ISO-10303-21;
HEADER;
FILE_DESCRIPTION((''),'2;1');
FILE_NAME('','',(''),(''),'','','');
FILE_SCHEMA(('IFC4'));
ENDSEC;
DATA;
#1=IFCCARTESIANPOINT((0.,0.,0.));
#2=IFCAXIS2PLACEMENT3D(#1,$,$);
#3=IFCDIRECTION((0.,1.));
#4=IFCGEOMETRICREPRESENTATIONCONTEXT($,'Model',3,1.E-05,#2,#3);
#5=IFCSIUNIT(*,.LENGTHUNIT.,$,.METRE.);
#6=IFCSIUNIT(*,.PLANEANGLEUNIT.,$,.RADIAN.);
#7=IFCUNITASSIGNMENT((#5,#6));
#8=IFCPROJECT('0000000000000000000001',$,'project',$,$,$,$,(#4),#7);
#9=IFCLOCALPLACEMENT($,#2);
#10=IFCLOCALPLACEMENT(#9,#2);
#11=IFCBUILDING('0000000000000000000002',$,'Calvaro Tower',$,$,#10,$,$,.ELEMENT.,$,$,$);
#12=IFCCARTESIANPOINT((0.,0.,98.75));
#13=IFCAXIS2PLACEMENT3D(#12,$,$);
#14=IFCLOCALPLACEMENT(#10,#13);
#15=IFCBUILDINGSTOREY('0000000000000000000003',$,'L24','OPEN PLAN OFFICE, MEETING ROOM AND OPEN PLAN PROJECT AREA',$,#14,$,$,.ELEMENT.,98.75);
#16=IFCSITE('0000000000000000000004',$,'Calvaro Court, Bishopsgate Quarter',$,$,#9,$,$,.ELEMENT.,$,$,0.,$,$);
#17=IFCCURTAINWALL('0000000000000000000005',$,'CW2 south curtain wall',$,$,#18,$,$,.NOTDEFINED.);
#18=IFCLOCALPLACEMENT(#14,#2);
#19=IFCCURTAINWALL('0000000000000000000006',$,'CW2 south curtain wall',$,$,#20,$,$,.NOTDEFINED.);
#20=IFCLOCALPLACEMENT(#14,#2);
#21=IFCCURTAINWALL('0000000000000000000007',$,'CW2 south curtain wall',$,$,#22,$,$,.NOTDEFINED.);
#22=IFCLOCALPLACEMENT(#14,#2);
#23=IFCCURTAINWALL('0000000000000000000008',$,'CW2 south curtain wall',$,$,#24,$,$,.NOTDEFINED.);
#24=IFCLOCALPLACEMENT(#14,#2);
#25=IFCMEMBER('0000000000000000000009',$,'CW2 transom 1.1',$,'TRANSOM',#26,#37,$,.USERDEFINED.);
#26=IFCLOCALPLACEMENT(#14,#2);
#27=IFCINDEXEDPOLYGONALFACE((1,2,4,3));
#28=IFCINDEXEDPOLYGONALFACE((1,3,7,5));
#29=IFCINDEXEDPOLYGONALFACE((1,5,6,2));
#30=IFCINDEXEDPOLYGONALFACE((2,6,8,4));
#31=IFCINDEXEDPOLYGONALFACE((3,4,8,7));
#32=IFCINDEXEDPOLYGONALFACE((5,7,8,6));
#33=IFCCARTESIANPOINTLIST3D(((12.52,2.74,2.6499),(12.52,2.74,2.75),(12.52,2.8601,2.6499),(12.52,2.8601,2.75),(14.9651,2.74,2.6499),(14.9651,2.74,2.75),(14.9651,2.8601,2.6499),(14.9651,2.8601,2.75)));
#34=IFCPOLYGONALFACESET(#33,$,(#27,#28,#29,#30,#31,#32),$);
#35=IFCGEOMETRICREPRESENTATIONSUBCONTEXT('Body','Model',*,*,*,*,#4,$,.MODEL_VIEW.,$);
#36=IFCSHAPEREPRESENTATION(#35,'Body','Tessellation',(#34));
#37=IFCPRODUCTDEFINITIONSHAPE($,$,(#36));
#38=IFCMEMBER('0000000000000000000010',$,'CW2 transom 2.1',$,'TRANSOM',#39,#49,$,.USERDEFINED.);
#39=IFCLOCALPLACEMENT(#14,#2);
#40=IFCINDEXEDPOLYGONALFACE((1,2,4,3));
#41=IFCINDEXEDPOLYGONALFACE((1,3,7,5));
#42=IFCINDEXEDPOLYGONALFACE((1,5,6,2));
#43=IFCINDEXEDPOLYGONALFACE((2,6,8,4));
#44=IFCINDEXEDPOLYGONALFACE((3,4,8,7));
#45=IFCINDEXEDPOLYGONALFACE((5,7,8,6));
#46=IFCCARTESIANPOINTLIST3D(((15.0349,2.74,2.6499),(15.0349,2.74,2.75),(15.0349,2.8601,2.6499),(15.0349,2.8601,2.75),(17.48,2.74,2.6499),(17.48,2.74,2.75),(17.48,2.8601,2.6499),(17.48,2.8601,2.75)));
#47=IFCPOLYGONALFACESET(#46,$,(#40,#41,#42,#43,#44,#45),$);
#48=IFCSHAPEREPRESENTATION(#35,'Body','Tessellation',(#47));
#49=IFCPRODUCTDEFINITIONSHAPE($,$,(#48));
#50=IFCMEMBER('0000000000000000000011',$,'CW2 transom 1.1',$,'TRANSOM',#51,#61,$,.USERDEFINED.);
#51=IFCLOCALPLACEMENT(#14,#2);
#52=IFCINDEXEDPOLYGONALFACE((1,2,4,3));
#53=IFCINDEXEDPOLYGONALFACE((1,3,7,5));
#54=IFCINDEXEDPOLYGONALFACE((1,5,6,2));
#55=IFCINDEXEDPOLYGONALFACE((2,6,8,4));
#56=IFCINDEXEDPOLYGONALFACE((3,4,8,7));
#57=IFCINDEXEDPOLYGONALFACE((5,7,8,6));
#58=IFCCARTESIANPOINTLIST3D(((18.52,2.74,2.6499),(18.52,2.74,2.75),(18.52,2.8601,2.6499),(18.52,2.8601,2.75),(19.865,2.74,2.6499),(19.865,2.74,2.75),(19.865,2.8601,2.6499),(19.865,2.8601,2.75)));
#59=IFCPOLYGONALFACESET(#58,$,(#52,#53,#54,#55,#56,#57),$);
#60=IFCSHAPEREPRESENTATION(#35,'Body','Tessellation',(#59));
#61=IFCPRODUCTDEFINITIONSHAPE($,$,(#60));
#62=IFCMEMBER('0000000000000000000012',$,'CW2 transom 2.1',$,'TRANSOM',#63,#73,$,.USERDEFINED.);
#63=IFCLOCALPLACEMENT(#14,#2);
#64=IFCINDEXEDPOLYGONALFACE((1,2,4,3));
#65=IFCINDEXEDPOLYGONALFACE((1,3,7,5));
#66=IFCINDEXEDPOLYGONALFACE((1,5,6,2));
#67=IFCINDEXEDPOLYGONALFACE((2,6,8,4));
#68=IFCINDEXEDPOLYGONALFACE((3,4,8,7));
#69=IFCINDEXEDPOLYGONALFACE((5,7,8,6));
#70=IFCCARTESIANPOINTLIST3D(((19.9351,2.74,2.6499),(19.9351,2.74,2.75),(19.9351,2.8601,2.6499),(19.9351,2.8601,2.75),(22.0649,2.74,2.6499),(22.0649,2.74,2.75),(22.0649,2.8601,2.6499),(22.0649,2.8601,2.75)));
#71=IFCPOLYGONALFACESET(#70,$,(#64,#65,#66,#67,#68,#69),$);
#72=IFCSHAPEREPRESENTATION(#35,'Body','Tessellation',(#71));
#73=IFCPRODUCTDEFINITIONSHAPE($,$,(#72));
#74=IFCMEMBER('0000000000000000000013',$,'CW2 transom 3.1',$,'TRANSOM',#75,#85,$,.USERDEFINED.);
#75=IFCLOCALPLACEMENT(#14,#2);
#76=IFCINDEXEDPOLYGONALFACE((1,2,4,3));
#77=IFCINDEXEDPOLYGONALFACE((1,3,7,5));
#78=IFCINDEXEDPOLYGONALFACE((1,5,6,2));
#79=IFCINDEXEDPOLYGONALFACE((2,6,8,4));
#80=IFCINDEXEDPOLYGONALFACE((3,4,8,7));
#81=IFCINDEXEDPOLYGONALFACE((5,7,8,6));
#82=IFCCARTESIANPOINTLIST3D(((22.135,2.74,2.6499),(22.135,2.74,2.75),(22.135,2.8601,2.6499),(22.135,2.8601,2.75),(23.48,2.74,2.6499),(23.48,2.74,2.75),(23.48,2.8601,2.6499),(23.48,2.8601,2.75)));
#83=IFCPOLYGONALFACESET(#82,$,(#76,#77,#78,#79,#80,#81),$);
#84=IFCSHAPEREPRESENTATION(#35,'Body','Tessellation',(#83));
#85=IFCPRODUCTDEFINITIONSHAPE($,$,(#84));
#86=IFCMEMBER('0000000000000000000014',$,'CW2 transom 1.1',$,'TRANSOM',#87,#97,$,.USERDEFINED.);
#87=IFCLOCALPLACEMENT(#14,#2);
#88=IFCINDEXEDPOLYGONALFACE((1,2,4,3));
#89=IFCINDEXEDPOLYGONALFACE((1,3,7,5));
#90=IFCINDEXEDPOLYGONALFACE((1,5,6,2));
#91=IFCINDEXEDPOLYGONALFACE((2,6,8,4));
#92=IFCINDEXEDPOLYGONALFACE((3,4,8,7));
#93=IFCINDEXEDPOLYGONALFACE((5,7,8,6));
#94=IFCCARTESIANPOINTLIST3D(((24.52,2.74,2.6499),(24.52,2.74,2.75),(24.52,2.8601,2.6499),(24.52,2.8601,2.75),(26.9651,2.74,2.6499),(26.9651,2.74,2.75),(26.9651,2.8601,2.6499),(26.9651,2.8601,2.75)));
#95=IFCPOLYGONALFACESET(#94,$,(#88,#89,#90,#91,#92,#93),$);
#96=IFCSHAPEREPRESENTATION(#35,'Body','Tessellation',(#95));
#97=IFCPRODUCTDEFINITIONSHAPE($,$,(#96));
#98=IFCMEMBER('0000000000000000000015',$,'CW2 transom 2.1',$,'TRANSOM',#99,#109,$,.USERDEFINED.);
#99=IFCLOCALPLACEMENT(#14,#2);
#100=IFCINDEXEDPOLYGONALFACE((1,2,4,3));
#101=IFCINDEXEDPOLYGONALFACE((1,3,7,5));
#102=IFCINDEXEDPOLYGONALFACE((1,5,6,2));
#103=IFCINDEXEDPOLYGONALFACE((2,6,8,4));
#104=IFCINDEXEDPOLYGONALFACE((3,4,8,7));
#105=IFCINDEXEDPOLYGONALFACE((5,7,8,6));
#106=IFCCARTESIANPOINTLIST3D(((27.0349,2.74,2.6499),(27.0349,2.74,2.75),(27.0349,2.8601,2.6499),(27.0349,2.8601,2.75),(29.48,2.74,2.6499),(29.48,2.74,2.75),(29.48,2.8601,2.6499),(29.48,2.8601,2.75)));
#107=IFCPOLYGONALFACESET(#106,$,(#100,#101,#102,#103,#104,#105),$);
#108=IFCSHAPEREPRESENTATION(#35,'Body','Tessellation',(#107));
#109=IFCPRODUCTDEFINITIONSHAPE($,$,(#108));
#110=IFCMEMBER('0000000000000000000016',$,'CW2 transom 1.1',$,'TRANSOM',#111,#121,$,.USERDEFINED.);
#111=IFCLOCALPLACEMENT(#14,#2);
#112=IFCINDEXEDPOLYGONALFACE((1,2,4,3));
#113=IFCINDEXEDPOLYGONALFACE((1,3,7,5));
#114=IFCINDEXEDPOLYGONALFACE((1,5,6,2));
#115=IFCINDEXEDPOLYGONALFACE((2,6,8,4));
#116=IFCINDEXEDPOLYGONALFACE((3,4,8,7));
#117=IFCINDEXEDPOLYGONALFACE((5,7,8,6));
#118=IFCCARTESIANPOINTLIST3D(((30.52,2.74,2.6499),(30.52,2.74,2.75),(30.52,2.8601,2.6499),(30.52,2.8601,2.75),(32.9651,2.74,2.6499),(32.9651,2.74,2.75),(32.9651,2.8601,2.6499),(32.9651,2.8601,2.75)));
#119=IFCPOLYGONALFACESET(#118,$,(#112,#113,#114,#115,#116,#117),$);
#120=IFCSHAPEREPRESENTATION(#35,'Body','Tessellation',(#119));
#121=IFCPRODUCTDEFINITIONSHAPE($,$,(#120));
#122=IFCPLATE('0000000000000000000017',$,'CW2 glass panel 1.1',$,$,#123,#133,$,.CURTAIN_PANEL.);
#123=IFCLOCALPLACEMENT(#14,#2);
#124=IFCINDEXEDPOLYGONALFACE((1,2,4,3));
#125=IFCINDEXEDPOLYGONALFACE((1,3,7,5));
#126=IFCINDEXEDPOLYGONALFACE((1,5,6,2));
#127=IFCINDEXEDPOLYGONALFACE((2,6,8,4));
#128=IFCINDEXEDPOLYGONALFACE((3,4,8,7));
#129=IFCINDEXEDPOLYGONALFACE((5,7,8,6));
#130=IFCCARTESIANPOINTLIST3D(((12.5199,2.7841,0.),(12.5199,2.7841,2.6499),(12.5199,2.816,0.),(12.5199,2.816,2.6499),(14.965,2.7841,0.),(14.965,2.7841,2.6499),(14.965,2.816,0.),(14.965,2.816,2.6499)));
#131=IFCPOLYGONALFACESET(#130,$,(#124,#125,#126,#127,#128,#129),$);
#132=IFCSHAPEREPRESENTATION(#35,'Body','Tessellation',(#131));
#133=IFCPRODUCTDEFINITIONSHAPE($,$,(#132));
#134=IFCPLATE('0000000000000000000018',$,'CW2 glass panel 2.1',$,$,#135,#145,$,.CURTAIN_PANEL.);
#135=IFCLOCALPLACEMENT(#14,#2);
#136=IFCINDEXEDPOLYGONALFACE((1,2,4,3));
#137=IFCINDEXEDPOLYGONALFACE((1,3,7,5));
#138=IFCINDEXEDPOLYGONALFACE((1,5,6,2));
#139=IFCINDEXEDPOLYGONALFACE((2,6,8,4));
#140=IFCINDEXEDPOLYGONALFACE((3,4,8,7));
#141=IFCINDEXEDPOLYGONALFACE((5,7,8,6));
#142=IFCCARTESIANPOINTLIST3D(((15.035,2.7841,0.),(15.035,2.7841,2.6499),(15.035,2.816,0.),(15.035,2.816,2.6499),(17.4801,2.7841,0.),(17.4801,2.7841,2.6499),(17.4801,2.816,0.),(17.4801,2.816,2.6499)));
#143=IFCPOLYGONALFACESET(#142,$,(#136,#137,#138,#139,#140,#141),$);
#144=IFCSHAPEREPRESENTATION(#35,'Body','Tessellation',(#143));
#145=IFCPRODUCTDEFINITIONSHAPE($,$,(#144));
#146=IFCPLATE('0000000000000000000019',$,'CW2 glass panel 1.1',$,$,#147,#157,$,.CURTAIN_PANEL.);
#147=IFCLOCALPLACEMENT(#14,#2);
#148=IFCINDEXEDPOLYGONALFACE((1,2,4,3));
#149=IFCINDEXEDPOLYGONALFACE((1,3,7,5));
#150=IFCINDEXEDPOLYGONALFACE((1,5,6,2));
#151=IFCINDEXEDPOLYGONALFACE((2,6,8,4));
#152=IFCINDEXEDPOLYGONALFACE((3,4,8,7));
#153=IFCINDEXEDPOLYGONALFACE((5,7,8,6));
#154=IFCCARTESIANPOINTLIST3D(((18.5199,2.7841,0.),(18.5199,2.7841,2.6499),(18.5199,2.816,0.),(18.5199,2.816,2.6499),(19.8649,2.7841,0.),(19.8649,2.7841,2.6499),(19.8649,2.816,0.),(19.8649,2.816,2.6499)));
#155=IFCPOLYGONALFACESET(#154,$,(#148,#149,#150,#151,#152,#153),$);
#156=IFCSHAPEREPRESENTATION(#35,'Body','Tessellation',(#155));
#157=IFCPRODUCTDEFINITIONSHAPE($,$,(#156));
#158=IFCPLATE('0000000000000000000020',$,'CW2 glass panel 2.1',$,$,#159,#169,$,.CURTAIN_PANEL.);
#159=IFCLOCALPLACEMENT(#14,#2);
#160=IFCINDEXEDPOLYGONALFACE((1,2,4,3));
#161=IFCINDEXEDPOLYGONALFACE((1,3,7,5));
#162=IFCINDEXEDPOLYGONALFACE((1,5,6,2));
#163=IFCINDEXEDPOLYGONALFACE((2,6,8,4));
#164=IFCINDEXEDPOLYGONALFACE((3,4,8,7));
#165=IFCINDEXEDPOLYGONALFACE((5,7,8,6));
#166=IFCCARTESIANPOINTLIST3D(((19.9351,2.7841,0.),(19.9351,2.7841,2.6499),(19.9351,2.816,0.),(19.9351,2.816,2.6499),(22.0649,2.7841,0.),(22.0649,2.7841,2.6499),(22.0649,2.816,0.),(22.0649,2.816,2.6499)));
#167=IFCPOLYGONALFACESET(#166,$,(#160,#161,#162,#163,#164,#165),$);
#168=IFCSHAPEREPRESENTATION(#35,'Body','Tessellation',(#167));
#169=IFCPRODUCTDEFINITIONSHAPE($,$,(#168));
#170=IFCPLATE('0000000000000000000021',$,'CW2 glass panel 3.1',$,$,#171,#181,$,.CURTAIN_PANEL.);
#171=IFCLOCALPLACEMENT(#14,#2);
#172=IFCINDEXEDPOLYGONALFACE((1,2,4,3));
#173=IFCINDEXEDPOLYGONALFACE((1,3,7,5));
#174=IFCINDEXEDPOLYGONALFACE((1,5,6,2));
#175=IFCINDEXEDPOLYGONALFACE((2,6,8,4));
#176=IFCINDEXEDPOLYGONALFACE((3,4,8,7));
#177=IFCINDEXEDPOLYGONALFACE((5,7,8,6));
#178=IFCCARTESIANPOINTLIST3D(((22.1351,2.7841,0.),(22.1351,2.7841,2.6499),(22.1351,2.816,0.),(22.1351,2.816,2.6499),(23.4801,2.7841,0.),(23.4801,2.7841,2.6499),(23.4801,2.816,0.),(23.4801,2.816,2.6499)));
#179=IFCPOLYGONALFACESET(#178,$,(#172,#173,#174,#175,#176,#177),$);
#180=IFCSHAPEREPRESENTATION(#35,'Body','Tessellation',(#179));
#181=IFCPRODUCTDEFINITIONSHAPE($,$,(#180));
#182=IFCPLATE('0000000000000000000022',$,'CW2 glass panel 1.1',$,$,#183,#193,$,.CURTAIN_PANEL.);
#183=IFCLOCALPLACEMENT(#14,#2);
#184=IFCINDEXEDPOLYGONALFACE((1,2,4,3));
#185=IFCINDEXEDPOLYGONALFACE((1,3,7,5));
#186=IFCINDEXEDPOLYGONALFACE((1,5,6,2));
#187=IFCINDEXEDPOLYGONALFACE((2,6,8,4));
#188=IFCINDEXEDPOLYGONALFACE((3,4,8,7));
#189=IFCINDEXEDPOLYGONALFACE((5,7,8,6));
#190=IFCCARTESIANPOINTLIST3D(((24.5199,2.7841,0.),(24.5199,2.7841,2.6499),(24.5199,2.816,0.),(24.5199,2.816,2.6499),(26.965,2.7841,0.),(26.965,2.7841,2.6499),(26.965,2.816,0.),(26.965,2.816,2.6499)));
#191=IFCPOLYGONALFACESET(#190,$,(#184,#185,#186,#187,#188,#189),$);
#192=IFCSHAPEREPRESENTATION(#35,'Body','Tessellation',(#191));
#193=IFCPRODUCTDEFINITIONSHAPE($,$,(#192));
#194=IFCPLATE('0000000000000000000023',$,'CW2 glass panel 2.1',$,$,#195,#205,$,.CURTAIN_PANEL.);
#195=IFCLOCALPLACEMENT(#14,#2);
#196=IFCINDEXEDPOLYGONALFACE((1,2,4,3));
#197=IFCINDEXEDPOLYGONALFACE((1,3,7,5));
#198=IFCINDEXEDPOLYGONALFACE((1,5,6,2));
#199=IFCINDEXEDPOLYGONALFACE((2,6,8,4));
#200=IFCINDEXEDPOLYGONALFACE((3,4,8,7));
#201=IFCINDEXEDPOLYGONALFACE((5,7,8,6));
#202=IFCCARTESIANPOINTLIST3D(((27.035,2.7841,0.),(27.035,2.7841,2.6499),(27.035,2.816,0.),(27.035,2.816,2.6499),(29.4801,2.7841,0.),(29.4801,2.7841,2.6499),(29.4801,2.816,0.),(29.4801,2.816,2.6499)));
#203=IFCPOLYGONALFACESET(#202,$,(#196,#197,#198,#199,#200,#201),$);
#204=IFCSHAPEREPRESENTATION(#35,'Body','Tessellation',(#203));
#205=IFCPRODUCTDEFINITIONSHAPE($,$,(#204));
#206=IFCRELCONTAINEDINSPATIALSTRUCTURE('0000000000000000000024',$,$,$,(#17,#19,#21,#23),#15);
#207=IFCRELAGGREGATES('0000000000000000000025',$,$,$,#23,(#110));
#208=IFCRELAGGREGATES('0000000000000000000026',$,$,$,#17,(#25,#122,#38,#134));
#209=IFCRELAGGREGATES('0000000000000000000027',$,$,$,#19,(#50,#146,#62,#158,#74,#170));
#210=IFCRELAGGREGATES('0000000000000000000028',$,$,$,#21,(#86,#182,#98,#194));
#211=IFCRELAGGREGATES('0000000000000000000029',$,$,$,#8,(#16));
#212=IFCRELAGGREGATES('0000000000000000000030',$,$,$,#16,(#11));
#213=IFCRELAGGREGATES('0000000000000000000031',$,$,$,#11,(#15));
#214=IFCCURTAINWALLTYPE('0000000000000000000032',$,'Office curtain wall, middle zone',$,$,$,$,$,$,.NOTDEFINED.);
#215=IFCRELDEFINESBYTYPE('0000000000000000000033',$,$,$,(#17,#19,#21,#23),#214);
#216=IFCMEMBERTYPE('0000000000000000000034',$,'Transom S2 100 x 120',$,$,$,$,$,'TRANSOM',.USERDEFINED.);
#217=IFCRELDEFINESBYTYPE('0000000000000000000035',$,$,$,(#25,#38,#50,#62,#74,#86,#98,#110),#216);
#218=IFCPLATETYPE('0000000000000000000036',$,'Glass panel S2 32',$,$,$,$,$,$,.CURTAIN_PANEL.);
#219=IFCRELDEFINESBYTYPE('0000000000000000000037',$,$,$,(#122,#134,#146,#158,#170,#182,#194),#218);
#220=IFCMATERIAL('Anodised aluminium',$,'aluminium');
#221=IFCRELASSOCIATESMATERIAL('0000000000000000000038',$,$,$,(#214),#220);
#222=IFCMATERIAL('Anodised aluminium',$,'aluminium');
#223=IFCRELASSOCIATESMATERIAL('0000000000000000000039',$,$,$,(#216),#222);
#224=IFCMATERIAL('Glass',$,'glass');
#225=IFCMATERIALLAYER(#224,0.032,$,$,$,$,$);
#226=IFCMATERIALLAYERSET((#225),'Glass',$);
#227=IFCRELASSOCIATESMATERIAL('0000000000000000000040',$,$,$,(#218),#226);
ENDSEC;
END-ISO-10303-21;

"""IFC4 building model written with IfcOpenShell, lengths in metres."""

from ifc_helpers import new_model, si_unit, direction, frame, origin, origin_2d, place, context, subcontext, project, spatial, rectangle, extrude, material, layer, layer_set, material_profile, profile_set, type_object, element, aggregate, save


model = new_model("IFC4")

# Units and contexts
model_context = context("Model", 3, precision=1e-05, world=origin(), true_north=direction((0.0, 1.0)))
body_context = subcontext(model_context, "Body", "Model", "MODEL_VIEW")
ifc_project = project(units=[si_unit("LENGTHUNIT", "METRE"), si_unit("PLANEANGLEUNIT", "RADIAN")], contexts=[model_context])

# Site, building, storey
site_placement = place(None, origin())
site = spatial("IfcSite", under=ifc_project, at=site_placement, Name="Calvaro Court, Bishopsgate Quarter", CompositionType="ELEMENT", RefElevation=0.0)
building_placement = place(site_placement, origin())
building = spatial("IfcBuilding", under=site, at=building_placement, Name="Calvaro Tower", CompositionType="ELEMENT")
storey_placement = place(building_placement, frame((0.0, 0.0, 98.75)))
storey = spatial("IfcBuildingStorey", under=building, at=storey_placement, Name="L24", Description="OPEN PLAN OFFICE, MEETING ROOM AND OPEN PLAN PROJECT AREA", CompositionType="ELEMENT", Elevation=98.75)

# Curtain walls
ifc_material_1 = material(Name="Anodised aluminium", Category="aluminium")
curtain_wall_type = type_object("IfcCurtainWallType", Name="Office curtain wall, middle zone", PredefinedType="NOTDEFINED", material=ifc_material_1)
curtain_wall_1_placement = place(storey_placement, origin())
curtain_wall_1 = element("IfcCurtainWall", 1, at=curtain_wall_1_placement, inside=storey, type_object=curtain_wall_type, Name="CW2 south curtain wall", PredefinedType="NOTDEFINED")
curtain_wall_2_placement = place(storey_placement, origin())
curtain_wall_2 = element("IfcCurtainWall", 2, at=curtain_wall_2_placement, inside=storey, type_object=curtain_wall_type, Name="CW2 south curtain wall", PredefinedType="NOTDEFINED")
curtain_wall_3_placement = place(storey_placement, origin())
curtain_wall_3 = element("IfcCurtainWall", 3, at=curtain_wall_3_placement, inside=storey, type_object=curtain_wall_type, Name="CW2 south curtain wall", PredefinedType="NOTDEFINED")

# Curtain wall
curtain_wall_4_placement = place(storey_placement, origin())
curtain_wall_4 = element("IfcCurtainWall", 4, at=curtain_wall_4_placement, inside=storey, type_object=curtain_wall_type, Name="CW2 south curtain wall", PredefinedType="NOTDEFINED")

# Members
ifc_material_2 = material(Name="Anodised aluminium", Category="aluminium")
ifc_material_profile_1 = material_profile(ifc_material_2, rectangle(XDim=0.1201, YDim=0.1001, at=origin_2d()), Name="Transom S2 100 x 120")
ifc_profile_set_1 = profile_set([ifc_material_profile_1], Name="Anodised aluminium")
member_type_1 = type_object("IfcMemberType", Name="Transom S2 100 x 120", ElementType="TRANSOM", PredefinedType="USERDEFINED", material=ifc_profile_set_1)
member_1_placement = place(storey_placement, frame((12.52, 2.8, 2.7), z_axis=(1.0, 0.0, 0.0), x_axis=(0.0, 1.0, 0.0)))
member_1 = element("IfcMember", 5, at=member_1_placement, type_object=member_type_1, Name="CW2 transom 1.1", ObjectType="TRANSOM", PredefinedType="USERDEFINED", context=body_context, shape_type="SweptSolid", body=[
    extrude(rectangle(XDim=0.1201, YDim=0.1001, at=origin_2d()), origin(), (0.0, 0.0, 1.0), 2.4451),
])
member_2_placement = place(storey_placement, frame((15.0349, 2.8, 2.7), z_axis=(1.0, 0.0, 0.0), x_axis=(0.0, 1.0, 0.0)))
member_2 = element("IfcMember", 6, at=member_2_placement, type_object=member_type_1, Name="CW2 transom 2.1", ObjectType="TRANSOM", PredefinedType="USERDEFINED", context=body_context, shape_type="SweptSolid", body=[
    extrude(rectangle(XDim=0.1201, YDim=0.1001, at=origin_2d()), origin(), (0.0, 0.0, 1.0), 2.4451),
])
member_3_placement = place(storey_placement, frame((18.52, 2.8, 2.7), z_axis=(1.0, 0.0, 0.0), x_axis=(0.0, 1.0, 0.0)))
member_3 = element("IfcMember", 7, at=member_3_placement, type_object=member_type_1, Name="CW2 transom 1.1", ObjectType="TRANSOM", PredefinedType="USERDEFINED", context=body_context, shape_type="SweptSolid", body=[
    extrude(rectangle(XDim=0.1201, YDim=0.1001, at=origin_2d()), origin(), (0.0, 0.0, 1.0), 1.345),
])
member_4_placement = place(storey_placement, frame((19.9351, 2.8, 2.7), z_axis=(1.0, 0.0, 0.0), x_axis=(0.0, 1.0, 0.0)))
member_4 = element("IfcMember", 8, at=member_4_placement, type_object=member_type_1, Name="CW2 transom 2.1", ObjectType="TRANSOM", PredefinedType="USERDEFINED", context=body_context, shape_type="SweptSolid", body=[
    extrude(rectangle(XDim=0.1201, YDim=0.1001, at=origin_2d()), origin(), (0.0, 0.0, 1.0), 2.1299),
])
member_5_placement = place(storey_placement, frame((22.135, 2.8, 2.7), z_axis=(1.0, 0.0, 0.0), x_axis=(0.0, 1.0, 0.0)))
member_5 = element("IfcMember", 9, at=member_5_placement, type_object=member_type_1, Name="CW2 transom 3.1", ObjectType="TRANSOM", PredefinedType="USERDEFINED", context=body_context, shape_type="SweptSolid", body=[
    extrude(rectangle(XDim=0.1201, YDim=0.1001, at=origin_2d()), origin(), (0.0, 0.0, 1.0), 1.345),
])
member_6_placement = place(storey_placement, frame((24.52, 2.8, 2.7), z_axis=(1.0, 0.0, 0.0), x_axis=(0.0, 1.0, 0.0)))
member_6 = element("IfcMember", 10, at=member_6_placement, type_object=member_type_1, Name="CW2 transom 1.1", ObjectType="TRANSOM", PredefinedType="USERDEFINED", context=body_context, shape_type="SweptSolid", body=[
    extrude(rectangle(XDim=0.1201, YDim=0.1001, at=origin_2d()), origin(), (0.0, 0.0, 1.0), 2.4451),
])
member_7_placement = place(storey_placement, frame((27.0349, 2.8, 2.7), z_axis=(1.0, 0.0, 0.0), x_axis=(0.0, 1.0, 0.0)))
member_7 = element("IfcMember", 11, at=member_7_placement, type_object=member_type_1, Name="CW2 transom 2.1", ObjectType="TRANSOM", PredefinedType="USERDEFINED", context=body_context, shape_type="SweptSolid", body=[
    extrude(rectangle(XDim=0.1201, YDim=0.1001, at=origin_2d()), origin(), (0.0, 0.0, 1.0), 2.4451),
])
member_8_placement = place(storey_placement, frame((30.52, 2.8, 2.7), z_axis=(1.0, 0.0, 0.0), x_axis=(0.0, 1.0, 0.0)))
member_8 = element("IfcMember", 12, at=member_8_placement, type_object=member_type_1, Name="CW2 transom 1.1", ObjectType="TRANSOM", PredefinedType="USERDEFINED", context=body_context, shape_type="SweptSolid", body=[
    extrude(rectangle(XDim=0.1201, YDim=0.1001, at=origin_2d()), origin(), (0.0, 0.0, 1.0), 2.4451),
])
aggregate(curtain_wall_4, [member_8])

# Plates
ifc_material_3 = material(Name="Glass", Category="glass")
ifc_layer = layer(ifc_material_3, 0.032)
ifc_layer_set = layer_set([ifc_layer], Name="Glass")
plate_type = type_object("IfcPlateType", Name="Glass panel S2 32", PredefinedType="CURTAIN_PANEL", material=ifc_layer_set)
plate_1_placement = place(storey_placement, frame((13.7424, 2.8, 0.0), z_axis=(0.0, 0.0, 1.0), x_axis=(1.0, 0.0, 0.0)))
plate_1 = element("IfcPlate", 13, at=plate_1_placement, type_object=plate_type, Name="CW2 glass panel 1.1", PredefinedType="CURTAIN_PANEL", context=body_context, shape_type="SweptSolid", body=[
    extrude(rectangle(XDim=2.4451, YDim=0.032, at=origin_2d()), origin(), (0.0, 0.0, 1.0), 2.6499),
])
plate_2_placement = place(storey_placement, frame((16.2576, 2.8, 0.0), z_axis=(0.0, 0.0, 1.0), x_axis=(1.0, 0.0, 0.0)))
plate_2 = element("IfcPlate", 14, at=plate_2_placement, type_object=plate_type, Name="CW2 glass panel 2.1", PredefinedType="CURTAIN_PANEL", context=body_context, shape_type="SweptSolid", body=[
    extrude(rectangle(XDim=2.4451, YDim=0.032, at=origin_2d()), origin(), (0.0, 0.0, 1.0), 2.6499),
])
aggregate(curtain_wall_1, [member_1, plate_1, member_2, plate_2])
plate_3_placement = place(storey_placement, frame((19.1924, 2.8, 0.0), z_axis=(0.0, 0.0, 1.0), x_axis=(1.0, 0.0, 0.0)))
plate_3 = element("IfcPlate", 15, at=plate_3_placement, type_object=plate_type, Name="CW2 glass panel 1.1", PredefinedType="CURTAIN_PANEL", context=body_context, shape_type="SweptSolid", body=[
    extrude(rectangle(XDim=1.345, YDim=0.032, at=origin_2d()), origin(), (0.0, 0.0, 1.0), 2.6499),
])
plate_4_placement = place(storey_placement, frame((21.0, 2.8, 0.0), z_axis=(0.0, 0.0, 1.0), x_axis=(1.0, 0.0, 0.0)))
plate_4 = element("IfcPlate", 16, at=plate_4_placement, type_object=plate_type, Name="CW2 glass panel 2.1", PredefinedType="CURTAIN_PANEL", context=body_context, shape_type="SweptSolid", body=[
    extrude(rectangle(XDim=2.1299, YDim=0.032, at=origin_2d()), origin(), (0.0, 0.0, 1.0), 2.6499),
])
plate_5_placement = place(storey_placement, frame((22.8076, 2.8, 0.0), z_axis=(0.0, 0.0, 1.0), x_axis=(1.0, 0.0, 0.0)))
plate_5 = element("IfcPlate", 17, at=plate_5_placement, type_object=plate_type, Name="CW2 glass panel 3.1", PredefinedType="CURTAIN_PANEL", context=body_context, shape_type="SweptSolid", body=[
    extrude(rectangle(XDim=1.345, YDim=0.032, at=origin_2d()), origin(), (0.0, 0.0, 1.0), 2.6499),
])
aggregate(curtain_wall_2, [member_3, plate_3, member_4, plate_4, member_5, plate_5])
plate_6_placement = place(storey_placement, frame((25.7424, 2.8, 0.0), z_axis=(0.0, 0.0, 1.0), x_axis=(1.0, 0.0, 0.0)))
plate_6 = element("IfcPlate", 18, at=plate_6_placement, type_object=plate_type, Name="CW2 glass panel 1.1", PredefinedType="CURTAIN_PANEL", context=body_context, shape_type="SweptSolid", body=[
    extrude(rectangle(XDim=2.4451, YDim=0.032, at=origin_2d()), origin(), (0.0, 0.0, 1.0), 2.6499),
])
plate_7_placement = place(storey_placement, frame((28.2576, 2.8, 0.0), z_axis=(0.0, 0.0, 1.0), x_axis=(1.0, 0.0, 0.0)))
plate_7 = element("IfcPlate", 19, at=plate_7_placement, type_object=plate_type, Name="CW2 glass panel 2.1", PredefinedType="CURTAIN_PANEL", context=body_context, shape_type="SweptSolid", body=[
    extrude(rectangle(XDim=2.4451, YDim=0.032, at=origin_2d()), origin(), (0.0, 0.0, 1.0), 2.6499),
])
aggregate(curtain_wall_3, [member_6, plate_6, member_7, plate_7])

save(model, "model.ifc")
